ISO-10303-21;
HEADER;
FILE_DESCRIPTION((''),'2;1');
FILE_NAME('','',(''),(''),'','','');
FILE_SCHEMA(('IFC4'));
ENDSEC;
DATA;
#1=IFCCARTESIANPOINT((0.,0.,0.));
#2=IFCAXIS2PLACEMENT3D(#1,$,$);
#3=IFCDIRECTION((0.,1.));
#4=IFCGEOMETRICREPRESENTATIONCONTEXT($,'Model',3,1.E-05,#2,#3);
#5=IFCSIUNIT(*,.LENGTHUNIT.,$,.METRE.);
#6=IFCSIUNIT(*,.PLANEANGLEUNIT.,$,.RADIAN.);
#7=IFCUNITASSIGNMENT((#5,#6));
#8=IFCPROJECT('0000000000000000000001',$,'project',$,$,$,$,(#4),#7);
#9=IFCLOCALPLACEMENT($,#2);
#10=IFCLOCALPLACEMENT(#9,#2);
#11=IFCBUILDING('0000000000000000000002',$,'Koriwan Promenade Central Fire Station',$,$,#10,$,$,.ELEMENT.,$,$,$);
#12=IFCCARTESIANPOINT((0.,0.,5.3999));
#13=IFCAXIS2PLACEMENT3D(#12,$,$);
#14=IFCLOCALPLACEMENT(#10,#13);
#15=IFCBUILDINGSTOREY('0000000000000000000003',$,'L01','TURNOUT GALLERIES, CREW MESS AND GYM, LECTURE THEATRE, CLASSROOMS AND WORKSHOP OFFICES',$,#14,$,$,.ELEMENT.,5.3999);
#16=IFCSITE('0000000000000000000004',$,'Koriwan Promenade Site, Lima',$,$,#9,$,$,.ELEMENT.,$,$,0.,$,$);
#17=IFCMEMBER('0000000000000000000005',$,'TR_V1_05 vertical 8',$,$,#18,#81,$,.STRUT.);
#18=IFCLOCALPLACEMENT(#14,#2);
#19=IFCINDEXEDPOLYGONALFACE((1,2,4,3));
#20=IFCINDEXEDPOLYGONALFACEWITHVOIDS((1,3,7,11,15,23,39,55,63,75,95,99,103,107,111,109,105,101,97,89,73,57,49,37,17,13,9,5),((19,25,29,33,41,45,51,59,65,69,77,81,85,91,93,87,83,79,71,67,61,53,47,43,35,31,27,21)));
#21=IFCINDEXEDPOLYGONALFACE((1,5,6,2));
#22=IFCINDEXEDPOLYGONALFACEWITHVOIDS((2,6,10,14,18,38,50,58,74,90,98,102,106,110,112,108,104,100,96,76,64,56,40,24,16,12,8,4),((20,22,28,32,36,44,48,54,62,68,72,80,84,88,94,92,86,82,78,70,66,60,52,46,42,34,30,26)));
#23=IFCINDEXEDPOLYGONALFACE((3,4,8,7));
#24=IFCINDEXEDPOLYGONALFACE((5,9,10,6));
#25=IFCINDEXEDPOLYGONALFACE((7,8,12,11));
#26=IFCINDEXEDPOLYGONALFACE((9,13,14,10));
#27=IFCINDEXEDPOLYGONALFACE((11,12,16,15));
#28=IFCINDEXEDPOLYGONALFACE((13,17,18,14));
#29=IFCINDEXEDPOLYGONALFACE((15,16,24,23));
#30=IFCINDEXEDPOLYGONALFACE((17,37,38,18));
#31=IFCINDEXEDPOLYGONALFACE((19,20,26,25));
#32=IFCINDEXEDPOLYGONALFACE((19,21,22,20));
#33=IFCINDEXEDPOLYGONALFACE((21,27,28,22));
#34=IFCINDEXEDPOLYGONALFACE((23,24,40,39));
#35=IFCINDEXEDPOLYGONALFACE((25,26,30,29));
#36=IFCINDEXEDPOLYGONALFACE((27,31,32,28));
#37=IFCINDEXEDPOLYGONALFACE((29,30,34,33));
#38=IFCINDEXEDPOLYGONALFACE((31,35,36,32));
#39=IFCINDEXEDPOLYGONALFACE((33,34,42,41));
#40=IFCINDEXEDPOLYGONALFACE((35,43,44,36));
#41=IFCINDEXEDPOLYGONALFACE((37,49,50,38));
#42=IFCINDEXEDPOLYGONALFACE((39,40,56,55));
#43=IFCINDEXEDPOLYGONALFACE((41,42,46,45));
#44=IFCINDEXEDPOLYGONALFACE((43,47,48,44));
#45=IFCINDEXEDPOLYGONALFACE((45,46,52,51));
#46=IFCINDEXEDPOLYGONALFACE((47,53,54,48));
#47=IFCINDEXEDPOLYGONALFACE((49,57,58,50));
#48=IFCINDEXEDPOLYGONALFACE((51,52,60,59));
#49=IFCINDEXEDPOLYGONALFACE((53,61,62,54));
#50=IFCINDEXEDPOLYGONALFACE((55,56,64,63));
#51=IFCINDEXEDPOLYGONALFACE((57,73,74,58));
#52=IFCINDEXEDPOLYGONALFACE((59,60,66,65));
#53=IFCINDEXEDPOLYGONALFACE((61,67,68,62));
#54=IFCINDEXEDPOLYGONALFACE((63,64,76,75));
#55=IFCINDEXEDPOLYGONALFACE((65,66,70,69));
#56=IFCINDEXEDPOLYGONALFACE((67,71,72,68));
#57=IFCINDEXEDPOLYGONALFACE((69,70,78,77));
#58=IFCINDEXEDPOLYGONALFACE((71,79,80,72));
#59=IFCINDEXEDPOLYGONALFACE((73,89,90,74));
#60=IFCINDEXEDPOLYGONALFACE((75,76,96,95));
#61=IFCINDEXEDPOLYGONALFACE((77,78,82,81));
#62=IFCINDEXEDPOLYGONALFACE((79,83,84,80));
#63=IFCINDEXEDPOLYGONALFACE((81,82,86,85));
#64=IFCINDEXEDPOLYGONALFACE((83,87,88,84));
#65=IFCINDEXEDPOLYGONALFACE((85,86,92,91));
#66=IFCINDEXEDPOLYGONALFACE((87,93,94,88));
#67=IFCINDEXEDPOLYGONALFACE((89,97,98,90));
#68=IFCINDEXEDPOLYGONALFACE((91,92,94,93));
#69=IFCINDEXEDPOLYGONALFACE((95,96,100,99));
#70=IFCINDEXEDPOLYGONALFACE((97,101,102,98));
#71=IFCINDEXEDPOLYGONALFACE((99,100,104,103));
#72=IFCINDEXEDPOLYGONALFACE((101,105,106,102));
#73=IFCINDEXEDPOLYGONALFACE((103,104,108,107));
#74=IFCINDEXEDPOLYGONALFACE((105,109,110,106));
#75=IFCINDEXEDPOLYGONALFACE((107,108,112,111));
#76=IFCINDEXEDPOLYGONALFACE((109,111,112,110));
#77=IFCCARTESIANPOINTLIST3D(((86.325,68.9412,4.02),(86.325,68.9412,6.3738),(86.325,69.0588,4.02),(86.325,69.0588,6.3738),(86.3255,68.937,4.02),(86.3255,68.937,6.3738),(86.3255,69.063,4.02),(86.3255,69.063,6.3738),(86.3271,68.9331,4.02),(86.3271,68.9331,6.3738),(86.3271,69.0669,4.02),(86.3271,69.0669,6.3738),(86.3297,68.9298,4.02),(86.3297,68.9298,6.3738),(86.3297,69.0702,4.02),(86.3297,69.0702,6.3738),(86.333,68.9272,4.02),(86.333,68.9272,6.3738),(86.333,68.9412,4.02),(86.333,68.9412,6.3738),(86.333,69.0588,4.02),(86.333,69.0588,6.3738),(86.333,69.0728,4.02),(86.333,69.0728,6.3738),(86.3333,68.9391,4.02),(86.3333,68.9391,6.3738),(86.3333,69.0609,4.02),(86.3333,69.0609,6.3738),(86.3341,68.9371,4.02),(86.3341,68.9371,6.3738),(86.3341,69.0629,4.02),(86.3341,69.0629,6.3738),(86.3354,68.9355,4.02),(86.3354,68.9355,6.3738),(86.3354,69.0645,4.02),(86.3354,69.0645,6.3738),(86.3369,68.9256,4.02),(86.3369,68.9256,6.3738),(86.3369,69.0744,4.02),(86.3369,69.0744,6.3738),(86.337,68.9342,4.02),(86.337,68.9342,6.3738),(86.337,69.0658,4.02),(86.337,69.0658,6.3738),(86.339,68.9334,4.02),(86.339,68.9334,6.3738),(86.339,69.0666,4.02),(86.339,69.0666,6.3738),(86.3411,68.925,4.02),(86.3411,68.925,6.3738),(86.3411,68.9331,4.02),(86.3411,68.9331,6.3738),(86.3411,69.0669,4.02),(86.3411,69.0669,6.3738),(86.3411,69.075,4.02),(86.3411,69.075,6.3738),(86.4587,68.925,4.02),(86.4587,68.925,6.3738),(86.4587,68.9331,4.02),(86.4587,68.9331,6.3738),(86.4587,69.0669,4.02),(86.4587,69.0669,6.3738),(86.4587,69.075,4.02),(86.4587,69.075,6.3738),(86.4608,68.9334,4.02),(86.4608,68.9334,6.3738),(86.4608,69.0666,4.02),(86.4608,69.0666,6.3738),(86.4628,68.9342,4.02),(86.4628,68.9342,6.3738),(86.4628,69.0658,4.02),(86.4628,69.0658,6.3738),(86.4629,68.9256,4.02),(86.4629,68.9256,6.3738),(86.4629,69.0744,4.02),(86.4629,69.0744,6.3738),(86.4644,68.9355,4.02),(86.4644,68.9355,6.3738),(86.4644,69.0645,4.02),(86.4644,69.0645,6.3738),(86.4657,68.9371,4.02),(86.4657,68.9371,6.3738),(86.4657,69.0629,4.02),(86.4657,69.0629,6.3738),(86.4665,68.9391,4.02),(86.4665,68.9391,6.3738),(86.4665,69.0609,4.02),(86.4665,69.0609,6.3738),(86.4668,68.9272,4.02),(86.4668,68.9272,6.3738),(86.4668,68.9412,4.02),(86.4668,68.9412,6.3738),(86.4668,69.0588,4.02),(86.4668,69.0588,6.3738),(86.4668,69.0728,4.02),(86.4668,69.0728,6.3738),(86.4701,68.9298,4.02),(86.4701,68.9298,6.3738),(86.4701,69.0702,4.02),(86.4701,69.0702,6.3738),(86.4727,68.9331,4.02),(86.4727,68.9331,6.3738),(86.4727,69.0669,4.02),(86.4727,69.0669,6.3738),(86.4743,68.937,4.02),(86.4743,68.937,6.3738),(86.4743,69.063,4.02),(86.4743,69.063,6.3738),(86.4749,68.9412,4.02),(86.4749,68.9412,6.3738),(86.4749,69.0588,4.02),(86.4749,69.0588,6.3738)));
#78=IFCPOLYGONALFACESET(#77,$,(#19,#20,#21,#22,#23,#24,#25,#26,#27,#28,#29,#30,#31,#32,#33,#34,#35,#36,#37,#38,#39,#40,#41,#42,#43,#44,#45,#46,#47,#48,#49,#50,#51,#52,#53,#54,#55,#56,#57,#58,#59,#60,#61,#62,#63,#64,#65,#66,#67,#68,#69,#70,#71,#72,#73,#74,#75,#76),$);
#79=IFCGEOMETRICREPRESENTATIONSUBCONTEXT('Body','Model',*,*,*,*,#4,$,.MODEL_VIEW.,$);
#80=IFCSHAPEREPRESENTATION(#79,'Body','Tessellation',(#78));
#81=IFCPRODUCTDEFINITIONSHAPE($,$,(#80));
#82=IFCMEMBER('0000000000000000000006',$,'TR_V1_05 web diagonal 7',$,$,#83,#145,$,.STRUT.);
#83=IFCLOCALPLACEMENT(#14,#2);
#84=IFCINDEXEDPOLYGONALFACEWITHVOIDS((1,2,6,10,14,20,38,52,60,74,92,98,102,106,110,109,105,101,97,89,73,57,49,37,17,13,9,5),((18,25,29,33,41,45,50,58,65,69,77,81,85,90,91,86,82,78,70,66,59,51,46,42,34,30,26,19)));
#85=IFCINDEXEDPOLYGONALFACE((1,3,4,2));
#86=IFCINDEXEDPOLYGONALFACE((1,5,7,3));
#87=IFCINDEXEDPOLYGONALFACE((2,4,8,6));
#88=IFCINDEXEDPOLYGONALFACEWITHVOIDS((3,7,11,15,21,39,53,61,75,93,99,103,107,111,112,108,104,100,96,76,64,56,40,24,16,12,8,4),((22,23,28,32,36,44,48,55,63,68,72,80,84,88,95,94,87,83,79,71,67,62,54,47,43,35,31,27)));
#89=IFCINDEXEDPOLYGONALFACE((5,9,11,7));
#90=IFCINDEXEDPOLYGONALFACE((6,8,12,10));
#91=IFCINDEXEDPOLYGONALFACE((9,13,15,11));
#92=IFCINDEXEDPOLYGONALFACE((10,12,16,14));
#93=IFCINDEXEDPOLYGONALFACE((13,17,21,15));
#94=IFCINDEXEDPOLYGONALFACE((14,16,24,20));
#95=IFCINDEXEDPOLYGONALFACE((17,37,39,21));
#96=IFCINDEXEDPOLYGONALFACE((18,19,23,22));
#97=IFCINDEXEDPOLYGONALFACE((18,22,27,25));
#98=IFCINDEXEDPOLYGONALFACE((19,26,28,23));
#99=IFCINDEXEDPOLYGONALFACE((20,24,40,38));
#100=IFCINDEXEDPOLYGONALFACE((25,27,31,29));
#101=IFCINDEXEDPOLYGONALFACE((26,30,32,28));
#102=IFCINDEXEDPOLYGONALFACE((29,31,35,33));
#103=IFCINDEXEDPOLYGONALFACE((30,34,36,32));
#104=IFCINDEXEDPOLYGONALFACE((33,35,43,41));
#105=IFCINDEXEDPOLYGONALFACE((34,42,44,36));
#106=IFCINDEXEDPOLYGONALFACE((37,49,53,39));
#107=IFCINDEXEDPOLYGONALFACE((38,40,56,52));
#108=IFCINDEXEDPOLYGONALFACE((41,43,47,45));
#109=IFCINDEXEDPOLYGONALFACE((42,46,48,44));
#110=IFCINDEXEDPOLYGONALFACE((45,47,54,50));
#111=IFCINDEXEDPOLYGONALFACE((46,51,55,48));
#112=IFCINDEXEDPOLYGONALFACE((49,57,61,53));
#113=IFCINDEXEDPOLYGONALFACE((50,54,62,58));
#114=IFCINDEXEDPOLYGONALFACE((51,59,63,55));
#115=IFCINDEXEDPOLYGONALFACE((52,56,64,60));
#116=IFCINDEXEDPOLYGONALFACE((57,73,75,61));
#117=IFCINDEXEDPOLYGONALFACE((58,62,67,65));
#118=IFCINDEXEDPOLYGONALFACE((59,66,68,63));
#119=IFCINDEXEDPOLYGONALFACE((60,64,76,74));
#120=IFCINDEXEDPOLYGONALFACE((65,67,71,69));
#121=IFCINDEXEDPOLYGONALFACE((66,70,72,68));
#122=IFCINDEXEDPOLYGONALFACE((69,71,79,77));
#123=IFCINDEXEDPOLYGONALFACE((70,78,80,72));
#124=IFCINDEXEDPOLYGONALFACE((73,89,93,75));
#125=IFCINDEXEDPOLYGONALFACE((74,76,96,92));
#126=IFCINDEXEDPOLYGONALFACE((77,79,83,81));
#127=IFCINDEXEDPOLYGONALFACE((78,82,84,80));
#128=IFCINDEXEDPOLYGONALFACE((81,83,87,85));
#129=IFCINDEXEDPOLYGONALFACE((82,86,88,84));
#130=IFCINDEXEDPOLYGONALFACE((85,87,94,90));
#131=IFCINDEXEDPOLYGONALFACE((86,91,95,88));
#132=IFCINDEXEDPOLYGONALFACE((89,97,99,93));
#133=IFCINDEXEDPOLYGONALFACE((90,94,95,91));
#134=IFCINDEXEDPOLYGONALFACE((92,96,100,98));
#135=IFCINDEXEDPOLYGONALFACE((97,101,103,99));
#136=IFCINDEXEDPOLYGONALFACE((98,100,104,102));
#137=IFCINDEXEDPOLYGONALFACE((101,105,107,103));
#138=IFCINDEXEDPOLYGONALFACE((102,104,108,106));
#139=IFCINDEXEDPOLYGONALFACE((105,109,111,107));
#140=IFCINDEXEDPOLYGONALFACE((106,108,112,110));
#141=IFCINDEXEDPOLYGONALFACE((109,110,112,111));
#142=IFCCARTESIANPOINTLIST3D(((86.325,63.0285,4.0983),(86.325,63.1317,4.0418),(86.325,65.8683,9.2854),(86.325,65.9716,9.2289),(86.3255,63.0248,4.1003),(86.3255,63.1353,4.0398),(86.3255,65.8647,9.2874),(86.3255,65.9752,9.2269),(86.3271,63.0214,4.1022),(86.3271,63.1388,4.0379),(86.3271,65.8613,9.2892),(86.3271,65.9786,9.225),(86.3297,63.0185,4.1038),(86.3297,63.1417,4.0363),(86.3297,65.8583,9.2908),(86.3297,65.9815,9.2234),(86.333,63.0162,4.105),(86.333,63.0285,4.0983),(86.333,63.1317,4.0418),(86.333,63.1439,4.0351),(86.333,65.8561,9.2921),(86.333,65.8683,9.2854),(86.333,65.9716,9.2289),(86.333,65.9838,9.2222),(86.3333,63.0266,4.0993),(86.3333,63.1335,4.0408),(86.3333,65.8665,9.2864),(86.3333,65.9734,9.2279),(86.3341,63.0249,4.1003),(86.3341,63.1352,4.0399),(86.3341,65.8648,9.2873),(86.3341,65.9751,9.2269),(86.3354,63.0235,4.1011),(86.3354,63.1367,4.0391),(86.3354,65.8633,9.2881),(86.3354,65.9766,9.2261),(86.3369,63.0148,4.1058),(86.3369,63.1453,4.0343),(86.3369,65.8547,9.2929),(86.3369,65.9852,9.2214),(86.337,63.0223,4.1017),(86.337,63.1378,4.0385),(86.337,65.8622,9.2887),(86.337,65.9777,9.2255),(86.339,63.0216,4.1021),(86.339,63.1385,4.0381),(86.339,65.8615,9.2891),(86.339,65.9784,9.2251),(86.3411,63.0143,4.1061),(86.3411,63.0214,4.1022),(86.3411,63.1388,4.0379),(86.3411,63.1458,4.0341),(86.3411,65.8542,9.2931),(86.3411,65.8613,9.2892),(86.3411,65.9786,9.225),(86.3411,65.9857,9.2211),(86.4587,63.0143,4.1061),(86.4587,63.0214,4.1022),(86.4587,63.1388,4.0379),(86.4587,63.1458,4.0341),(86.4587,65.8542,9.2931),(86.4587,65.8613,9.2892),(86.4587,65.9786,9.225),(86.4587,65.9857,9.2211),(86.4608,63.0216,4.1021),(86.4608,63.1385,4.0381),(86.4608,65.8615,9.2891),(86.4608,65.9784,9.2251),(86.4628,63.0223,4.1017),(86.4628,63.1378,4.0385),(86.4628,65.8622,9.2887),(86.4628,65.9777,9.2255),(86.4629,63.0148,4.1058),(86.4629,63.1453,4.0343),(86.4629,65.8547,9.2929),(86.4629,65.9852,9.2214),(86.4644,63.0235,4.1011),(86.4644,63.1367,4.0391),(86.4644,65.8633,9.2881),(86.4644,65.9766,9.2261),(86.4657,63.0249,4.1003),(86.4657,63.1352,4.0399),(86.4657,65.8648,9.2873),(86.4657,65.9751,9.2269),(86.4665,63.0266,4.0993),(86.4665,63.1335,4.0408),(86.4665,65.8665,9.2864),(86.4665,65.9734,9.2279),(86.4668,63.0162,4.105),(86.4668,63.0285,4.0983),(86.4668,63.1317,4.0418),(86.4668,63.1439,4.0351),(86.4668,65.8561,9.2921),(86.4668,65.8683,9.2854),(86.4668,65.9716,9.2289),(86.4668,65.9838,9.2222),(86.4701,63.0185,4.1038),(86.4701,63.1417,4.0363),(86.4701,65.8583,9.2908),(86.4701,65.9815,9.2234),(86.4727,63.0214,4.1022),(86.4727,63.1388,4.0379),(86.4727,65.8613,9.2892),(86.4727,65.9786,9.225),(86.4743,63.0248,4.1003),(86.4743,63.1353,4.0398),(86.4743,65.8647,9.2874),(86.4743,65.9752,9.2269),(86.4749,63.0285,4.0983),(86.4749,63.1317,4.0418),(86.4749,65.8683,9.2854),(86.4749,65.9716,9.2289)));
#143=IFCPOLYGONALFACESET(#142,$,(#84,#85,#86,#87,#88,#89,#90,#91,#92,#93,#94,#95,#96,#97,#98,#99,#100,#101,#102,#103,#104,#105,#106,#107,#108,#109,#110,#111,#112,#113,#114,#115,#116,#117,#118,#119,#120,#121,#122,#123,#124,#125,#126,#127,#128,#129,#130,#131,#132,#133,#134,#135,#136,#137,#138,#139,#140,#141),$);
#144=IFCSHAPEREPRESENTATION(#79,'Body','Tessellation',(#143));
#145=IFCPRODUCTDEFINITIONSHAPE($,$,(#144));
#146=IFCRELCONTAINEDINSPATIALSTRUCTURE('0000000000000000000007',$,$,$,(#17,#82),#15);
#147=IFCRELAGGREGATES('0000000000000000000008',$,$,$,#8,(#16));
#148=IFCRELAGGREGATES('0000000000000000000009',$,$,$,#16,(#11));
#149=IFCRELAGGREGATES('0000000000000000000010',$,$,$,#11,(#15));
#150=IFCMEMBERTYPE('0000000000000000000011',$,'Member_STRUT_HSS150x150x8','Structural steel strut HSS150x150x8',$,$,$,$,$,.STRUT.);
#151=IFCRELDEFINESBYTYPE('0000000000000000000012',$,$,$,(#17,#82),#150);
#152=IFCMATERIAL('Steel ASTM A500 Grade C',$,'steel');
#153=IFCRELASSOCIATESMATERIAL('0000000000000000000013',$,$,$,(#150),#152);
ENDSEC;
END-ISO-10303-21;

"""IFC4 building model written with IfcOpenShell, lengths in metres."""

from ifc_helpers import new_model, si_unit, direction, frame, origin, origin_2d, place, context, subcontext, project, spatial, hollow_rectangle, extrude, material, material_profile, profile_set, type_object, element, save


model = new_model("IFC4")

# Units and contexts
model_context = context("Model", 3, precision=1e-05, world=origin(), true_north=direction((0.0, 1.0)))
body_context = subcontext(model_context, "Body", "Model", "MODEL_VIEW")
ifc_project = project(units=[si_unit("LENGTHUNIT", "METRE"), si_unit("PLANEANGLEUNIT", "RADIAN")], contexts=[model_context])

# Site, building, storey
site_placement = place(None, origin())
site = spatial("IfcSite", under=ifc_project, at=site_placement, Name="Koriwan Promenade Site, Lima", CompositionType="ELEMENT", RefElevation=0.0)
building_placement = place(site_placement, origin())
building = spatial("IfcBuilding", under=site, at=building_placement, Name="Koriwan Promenade Central Fire Station", CompositionType="ELEMENT")
storey_placement = place(building_placement, frame((0.0, 0.0, 5.3999)))
storey = spatial("IfcBuildingStorey", under=building, at=storey_placement, Name="L01", Description="TURNOUT GALLERIES, CREW MESS AND GYM, LECTURE THEATRE, CLASSROOMS AND WORKSHOP OFFICES", CompositionType="ELEMENT", Elevation=5.3999)

# Members
ifc_material_1 = material(Name="Steel ASTM A500 Grade C", Category="steel")
ifc_material_profile_1 = material_profile(ifc_material_1, hollow_rectangle(XDim=0.1499, YDim=0.1499, WallThickness=0.0081, InnerFilletRadius=0.0081, OuterFilletRadius=0.0161, at=origin_2d()), Name="HSS150x150x8")
ifc_profile_set_1 = profile_set([ifc_material_profile_1], Name="Steel ASTM A500 Grade C")
member_type_1 = type_object("IfcMemberType", Name="Member_STRUT_HSS150x150x8", Description="Structural steel strut HSS150x150x8", PredefinedType="STRUT", material=ifc_profile_set_1)
member_1_placement = place(storey_placement, frame((86.3999, 69.0, 4.02), z_axis=(0.0, 0.0, 1.0), x_axis=(1.0, 0.0, 0.0)))
element("IfcMember", 1, at=member_1_placement, inside=storey, type_object=member_type_1, Name="TR_V1_05 vertical 8", PredefinedType="STRUT", context=body_context, shape_type="SweptSolid", body=[
    extrude(hollow_rectangle(XDim=0.1499, YDim=0.1499, WallThickness=0.0081, InnerFilletRadius=0.0081, OuterFilletRadius=0.0161, at=origin_2d()), origin(), (0.0, 0.0, 1.0), 2.3538),
])
member_2_placement = place(storey_placement, frame((86.3999, 63.0801, 4.0701), z_axis=(0.0, 0.480228, 0.877143), x_axis=(-1.0, 0.0, 0.0)))
element("IfcMember", 2, at=member_2_placement, inside=storey, type_object=member_type_1, Name="TR_V1_05 web diagonal 7", PredefinedType="STRUT", context=body_context, shape_type="SweptSolid", body=[
    extrude(hollow_rectangle(XDim=0.1499, YDim=0.1499, WallThickness=0.0081, InnerFilletRadius=0.0081, OuterFilletRadius=0.0161, at=origin_2d()), origin(), (0.0, 0.0, 1.0), 5.9136),
])

save(model, "model.ifc")
